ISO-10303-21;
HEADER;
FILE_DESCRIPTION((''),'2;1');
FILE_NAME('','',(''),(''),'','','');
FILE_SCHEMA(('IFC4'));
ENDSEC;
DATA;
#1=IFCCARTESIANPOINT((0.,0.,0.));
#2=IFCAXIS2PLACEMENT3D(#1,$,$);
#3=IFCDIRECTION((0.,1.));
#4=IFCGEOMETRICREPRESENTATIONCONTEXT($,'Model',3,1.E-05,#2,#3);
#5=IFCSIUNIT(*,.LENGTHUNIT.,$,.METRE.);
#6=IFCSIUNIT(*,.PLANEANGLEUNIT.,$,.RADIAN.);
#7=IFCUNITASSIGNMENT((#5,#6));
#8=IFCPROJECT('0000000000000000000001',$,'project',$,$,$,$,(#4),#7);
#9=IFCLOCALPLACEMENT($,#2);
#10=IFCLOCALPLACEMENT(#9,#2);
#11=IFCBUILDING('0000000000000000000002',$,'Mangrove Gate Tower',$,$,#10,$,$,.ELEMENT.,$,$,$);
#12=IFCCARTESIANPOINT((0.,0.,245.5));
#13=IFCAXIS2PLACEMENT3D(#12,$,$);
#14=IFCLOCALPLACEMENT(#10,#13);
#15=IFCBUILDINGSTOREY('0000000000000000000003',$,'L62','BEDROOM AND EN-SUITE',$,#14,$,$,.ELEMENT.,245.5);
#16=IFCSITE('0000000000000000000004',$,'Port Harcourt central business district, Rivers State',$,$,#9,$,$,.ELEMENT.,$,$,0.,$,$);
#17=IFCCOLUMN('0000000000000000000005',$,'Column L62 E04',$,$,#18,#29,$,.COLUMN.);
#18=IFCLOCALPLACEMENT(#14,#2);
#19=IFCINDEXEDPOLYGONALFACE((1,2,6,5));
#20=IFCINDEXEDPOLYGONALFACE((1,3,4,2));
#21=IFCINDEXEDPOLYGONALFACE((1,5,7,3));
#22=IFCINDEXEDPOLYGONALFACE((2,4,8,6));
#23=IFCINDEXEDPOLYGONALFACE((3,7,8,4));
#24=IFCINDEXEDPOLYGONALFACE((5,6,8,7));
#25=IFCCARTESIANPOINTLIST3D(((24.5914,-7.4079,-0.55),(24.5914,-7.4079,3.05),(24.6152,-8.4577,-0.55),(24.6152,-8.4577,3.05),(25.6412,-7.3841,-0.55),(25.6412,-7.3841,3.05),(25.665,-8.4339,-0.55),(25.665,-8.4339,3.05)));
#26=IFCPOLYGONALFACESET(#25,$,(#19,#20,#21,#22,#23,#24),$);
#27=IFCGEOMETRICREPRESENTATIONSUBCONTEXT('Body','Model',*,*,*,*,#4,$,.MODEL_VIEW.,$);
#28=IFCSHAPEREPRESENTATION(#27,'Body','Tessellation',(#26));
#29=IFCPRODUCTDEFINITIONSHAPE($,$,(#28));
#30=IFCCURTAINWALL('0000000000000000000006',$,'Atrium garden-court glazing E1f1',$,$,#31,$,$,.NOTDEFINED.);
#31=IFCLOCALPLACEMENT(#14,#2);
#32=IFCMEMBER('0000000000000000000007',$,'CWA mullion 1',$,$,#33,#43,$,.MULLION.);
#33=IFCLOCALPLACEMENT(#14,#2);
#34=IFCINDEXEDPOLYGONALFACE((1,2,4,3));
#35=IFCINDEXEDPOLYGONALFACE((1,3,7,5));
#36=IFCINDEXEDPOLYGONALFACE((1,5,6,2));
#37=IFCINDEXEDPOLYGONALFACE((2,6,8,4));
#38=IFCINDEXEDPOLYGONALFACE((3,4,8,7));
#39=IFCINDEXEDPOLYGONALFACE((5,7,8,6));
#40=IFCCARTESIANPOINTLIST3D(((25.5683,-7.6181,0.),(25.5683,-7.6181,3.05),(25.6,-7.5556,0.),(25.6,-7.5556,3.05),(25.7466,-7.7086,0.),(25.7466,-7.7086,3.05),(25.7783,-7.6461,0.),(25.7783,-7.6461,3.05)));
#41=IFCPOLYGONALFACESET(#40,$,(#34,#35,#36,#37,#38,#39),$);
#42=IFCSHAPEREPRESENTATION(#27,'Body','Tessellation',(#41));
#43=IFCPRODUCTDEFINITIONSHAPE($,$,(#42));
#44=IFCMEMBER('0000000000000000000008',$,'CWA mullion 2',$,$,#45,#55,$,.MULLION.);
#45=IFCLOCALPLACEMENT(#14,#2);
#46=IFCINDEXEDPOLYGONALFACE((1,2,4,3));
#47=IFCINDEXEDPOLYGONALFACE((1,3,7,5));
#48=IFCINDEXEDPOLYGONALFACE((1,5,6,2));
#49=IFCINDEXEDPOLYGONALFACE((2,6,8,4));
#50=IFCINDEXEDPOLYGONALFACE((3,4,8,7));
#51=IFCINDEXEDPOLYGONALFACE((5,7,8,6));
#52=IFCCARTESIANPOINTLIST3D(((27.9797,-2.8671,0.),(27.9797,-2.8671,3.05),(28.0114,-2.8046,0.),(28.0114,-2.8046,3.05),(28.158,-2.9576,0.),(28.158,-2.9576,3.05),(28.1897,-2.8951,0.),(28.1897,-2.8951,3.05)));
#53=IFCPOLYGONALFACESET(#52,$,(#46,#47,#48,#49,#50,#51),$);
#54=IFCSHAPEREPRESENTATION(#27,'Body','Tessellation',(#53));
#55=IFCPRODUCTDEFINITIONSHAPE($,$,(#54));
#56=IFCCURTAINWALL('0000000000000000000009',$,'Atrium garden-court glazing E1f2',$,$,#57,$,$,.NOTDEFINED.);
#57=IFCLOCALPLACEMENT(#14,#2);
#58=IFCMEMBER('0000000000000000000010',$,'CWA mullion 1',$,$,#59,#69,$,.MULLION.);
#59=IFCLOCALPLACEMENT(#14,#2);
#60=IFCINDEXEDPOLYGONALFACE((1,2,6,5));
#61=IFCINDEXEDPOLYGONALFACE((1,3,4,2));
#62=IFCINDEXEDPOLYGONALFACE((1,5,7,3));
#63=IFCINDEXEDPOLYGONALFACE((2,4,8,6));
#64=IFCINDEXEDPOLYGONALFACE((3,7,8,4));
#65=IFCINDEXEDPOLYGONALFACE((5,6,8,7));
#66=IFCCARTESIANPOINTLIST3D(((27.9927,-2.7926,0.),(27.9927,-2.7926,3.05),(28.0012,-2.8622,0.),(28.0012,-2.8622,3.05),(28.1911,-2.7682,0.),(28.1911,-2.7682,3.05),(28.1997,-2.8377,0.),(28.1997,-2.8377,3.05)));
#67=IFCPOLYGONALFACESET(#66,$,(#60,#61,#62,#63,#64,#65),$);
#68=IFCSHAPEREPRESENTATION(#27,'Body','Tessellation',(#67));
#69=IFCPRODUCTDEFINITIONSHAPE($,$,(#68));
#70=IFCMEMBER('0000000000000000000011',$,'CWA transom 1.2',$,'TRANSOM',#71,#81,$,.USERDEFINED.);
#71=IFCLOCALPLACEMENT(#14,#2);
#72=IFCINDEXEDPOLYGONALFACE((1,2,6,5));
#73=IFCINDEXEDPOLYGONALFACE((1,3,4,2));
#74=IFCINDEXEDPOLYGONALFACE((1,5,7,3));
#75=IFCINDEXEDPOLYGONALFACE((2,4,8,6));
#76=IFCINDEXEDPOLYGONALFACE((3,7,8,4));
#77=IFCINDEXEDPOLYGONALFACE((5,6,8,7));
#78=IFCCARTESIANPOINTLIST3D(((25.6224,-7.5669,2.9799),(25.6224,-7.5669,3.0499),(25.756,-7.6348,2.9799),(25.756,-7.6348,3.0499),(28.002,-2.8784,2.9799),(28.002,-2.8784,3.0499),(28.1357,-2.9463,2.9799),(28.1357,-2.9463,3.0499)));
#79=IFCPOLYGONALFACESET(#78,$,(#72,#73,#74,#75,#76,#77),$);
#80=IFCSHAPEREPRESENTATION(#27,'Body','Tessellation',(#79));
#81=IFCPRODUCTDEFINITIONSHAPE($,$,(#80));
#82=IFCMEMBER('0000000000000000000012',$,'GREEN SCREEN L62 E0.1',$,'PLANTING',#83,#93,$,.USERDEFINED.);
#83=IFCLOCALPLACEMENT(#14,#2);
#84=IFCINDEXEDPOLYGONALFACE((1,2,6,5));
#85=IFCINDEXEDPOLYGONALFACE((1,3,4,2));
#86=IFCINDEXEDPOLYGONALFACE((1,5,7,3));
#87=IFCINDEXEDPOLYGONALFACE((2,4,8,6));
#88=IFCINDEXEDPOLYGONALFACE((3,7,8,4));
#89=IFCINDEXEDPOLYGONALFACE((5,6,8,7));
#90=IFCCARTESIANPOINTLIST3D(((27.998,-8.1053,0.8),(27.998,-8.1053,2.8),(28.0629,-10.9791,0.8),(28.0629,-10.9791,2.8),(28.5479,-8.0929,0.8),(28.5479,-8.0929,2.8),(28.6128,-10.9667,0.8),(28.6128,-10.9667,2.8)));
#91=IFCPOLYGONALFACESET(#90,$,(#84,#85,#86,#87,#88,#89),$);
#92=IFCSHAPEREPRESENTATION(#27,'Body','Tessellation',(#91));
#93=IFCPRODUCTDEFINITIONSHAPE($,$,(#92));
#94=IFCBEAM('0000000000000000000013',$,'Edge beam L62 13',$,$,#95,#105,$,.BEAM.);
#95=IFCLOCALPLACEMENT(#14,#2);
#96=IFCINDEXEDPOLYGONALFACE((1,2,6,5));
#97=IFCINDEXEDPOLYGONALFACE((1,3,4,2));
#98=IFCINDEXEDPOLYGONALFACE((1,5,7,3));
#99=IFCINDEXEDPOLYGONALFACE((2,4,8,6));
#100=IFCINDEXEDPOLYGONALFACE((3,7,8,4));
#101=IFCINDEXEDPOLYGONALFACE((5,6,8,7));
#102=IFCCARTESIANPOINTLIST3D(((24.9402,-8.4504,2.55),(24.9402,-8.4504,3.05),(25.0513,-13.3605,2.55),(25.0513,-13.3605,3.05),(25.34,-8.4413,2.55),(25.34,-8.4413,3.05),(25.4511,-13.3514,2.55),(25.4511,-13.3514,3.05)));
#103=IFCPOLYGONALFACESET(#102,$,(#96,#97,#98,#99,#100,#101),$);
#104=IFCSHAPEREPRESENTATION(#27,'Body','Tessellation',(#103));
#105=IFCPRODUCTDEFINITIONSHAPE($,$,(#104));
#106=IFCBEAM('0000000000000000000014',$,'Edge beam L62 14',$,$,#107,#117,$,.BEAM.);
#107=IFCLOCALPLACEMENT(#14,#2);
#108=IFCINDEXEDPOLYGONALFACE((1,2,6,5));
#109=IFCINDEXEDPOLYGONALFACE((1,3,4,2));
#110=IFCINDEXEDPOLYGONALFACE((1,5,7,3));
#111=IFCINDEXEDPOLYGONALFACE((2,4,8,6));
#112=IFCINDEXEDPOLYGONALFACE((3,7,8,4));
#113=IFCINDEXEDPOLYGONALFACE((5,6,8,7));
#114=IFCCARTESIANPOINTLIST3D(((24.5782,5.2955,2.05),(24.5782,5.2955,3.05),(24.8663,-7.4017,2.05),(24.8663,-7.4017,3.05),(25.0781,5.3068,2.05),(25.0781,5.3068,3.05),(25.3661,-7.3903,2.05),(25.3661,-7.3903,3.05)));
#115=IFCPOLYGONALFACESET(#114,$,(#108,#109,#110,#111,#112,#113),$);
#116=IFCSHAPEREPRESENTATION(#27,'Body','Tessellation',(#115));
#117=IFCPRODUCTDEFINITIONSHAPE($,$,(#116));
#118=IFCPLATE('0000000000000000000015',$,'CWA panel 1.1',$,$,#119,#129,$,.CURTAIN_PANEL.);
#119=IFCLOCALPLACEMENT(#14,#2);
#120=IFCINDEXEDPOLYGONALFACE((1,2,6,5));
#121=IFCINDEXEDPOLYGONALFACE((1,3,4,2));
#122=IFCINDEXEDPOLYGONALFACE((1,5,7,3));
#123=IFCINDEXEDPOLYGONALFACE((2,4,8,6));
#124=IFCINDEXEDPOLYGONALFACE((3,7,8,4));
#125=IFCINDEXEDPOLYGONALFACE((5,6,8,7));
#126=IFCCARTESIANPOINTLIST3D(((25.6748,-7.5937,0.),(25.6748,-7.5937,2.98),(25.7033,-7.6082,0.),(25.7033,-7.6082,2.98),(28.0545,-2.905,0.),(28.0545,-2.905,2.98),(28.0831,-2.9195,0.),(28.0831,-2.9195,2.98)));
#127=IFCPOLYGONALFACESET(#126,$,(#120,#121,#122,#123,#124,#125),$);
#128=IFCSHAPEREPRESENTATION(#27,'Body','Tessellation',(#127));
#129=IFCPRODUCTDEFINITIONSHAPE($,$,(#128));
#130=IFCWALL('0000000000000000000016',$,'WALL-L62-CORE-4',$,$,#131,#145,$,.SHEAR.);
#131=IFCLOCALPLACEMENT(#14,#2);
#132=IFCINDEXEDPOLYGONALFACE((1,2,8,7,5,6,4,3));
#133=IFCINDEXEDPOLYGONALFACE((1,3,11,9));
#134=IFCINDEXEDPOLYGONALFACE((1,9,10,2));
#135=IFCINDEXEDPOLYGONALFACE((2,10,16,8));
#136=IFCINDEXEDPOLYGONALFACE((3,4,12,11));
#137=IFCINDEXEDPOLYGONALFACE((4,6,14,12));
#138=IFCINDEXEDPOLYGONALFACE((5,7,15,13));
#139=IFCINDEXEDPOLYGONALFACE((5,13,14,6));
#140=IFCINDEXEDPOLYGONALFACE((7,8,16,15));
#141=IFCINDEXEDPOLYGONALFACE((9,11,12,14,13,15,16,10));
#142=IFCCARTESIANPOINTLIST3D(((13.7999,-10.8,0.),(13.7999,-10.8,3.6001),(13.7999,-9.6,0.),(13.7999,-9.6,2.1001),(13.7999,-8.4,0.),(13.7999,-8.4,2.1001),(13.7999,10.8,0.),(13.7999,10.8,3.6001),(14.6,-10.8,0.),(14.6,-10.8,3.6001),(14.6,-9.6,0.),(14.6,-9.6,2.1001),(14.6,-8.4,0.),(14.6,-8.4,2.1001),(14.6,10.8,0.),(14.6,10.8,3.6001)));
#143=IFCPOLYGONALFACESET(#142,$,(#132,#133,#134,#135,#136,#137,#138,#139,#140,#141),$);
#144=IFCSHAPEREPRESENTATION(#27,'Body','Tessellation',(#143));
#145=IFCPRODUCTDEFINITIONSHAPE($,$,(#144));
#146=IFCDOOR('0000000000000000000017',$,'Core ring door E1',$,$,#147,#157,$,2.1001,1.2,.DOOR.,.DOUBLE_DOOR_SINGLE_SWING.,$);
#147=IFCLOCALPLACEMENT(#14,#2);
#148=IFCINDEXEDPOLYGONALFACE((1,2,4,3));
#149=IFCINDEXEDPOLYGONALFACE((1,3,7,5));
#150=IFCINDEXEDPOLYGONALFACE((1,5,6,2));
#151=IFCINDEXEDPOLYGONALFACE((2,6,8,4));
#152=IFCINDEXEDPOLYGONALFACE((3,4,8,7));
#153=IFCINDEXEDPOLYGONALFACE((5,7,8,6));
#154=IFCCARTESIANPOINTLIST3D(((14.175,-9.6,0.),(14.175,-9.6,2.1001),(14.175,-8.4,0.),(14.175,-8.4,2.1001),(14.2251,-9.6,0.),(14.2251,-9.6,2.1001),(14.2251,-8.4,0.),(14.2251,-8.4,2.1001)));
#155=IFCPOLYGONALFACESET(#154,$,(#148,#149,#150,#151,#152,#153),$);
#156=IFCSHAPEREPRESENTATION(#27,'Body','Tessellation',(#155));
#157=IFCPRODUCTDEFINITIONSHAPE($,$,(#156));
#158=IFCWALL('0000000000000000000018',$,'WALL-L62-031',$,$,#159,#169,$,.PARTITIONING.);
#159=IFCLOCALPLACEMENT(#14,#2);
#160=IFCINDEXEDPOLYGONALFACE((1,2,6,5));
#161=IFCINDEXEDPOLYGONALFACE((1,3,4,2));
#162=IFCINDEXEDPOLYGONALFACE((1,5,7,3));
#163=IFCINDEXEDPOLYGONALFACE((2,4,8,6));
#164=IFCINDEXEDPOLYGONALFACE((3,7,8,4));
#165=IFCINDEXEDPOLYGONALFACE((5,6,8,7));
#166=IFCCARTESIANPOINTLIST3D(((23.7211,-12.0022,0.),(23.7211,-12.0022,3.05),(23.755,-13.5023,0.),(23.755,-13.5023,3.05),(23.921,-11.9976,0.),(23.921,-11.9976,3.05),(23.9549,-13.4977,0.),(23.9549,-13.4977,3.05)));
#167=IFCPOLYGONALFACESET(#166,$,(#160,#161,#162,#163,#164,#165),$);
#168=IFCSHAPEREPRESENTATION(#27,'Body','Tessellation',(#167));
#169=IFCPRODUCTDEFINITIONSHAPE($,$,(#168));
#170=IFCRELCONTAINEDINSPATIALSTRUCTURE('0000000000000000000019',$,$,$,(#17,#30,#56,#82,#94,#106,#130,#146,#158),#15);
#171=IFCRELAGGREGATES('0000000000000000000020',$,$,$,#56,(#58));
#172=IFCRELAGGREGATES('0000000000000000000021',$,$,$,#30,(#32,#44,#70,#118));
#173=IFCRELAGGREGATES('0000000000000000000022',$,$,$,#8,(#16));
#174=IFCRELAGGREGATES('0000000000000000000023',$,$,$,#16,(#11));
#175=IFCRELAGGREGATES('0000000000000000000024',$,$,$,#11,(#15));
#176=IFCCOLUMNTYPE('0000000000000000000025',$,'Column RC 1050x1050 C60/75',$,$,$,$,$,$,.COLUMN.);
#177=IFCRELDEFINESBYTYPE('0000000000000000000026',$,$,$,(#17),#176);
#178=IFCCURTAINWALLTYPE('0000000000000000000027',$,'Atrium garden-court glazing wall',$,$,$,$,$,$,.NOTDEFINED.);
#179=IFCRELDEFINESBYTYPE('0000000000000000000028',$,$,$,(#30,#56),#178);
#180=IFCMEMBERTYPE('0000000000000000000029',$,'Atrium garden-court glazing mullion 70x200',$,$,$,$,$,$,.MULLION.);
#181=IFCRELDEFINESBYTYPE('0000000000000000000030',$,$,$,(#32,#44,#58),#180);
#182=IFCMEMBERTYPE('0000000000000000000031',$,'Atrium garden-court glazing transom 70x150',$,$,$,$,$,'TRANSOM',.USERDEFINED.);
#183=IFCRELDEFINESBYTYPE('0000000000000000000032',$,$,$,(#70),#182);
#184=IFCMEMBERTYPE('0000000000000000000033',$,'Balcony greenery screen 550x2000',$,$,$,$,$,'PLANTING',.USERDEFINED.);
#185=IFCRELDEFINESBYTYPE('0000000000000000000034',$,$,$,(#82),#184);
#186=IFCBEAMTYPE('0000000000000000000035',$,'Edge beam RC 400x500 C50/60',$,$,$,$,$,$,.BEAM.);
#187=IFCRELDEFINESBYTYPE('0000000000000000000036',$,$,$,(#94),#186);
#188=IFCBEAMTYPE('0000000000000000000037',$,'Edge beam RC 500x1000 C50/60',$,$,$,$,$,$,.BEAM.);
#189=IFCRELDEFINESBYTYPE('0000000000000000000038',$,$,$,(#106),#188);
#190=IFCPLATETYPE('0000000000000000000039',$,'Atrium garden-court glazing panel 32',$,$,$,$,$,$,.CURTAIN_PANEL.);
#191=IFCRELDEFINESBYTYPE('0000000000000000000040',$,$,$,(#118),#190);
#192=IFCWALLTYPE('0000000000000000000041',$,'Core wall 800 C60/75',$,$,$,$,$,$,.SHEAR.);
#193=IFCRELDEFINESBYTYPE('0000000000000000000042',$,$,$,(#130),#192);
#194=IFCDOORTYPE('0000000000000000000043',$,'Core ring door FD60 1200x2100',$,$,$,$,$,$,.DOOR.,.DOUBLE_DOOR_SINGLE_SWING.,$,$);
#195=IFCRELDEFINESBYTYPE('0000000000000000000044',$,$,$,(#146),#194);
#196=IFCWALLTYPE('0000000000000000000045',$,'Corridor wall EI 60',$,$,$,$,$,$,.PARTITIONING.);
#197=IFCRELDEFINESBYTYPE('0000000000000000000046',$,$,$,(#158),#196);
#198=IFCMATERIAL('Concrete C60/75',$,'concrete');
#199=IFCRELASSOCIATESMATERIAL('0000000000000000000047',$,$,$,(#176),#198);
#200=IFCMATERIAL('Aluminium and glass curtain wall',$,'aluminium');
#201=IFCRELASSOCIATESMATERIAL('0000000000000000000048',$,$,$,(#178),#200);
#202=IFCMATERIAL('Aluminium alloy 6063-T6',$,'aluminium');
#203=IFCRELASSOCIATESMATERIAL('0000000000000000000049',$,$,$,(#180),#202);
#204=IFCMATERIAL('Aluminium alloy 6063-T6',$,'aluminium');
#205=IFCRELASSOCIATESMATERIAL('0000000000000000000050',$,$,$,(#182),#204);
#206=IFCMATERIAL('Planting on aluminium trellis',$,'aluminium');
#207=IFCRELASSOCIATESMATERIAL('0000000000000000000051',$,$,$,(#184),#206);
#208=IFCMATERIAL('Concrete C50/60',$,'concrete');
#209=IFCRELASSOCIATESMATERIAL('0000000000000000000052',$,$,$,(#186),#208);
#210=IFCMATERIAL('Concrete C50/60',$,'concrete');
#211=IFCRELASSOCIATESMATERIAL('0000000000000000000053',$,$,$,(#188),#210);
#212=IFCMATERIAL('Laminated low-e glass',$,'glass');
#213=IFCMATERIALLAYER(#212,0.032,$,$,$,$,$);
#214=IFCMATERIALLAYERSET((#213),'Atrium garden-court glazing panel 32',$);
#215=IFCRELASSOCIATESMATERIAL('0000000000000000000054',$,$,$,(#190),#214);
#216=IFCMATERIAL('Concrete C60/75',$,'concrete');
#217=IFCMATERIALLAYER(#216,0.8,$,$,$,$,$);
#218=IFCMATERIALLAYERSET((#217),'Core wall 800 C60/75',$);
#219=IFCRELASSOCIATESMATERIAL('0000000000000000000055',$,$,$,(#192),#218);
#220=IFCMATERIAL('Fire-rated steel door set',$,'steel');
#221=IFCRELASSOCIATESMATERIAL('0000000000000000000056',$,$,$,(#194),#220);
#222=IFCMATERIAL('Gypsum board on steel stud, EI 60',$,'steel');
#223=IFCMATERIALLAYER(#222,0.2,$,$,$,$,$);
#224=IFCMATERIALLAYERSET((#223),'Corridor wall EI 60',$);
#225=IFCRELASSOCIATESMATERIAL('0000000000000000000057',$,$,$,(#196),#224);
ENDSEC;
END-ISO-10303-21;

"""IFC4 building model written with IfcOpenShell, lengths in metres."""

from ifc_helpers import new_model, si_unit, direction, frame, frame_2d, origin, origin_2d, place, context, subcontext, project, spatial, rectangle, extrude, material, layer, layer_set, material_profile, profile_set, type_object, element, fill, aggregate, save


model = new_model("IFC4")

# Units and contexts
model_context = context("Model", 3, precision=1e-05, world=origin(), true_north=direction((0.0, 1.0)))
body_context = subcontext(model_context, "Body", "Model", "MODEL_VIEW")
ifc_project = project(units=[si_unit("LENGTHUNIT", "METRE"), si_unit("PLANEANGLEUNIT", "RADIAN")], contexts=[model_context])

# Site, building, storey
site_placement = place(None, origin())
site = spatial("IfcSite", under=ifc_project, at=site_placement, Name="Port Harcourt central business district, Rivers State", CompositionType="ELEMENT", RefElevation=0.0)
building_placement = place(site_placement, origin())
building = spatial("IfcBuilding", under=site, at=building_placement, Name="Mangrove Gate Tower", CompositionType="ELEMENT")
storey_placement = place(building_placement, frame((0.0, 0.0, 245.5)))
storey = spatial("IfcBuildingStorey", under=building, at=storey_placement, Name="L62", Description="BEDROOM AND EN-SUITE", CompositionType="ELEMENT", Elevation=245.5)

# Column
ifc_material_1 = material(Name="Concrete C60/75", Category="concrete")
ifc_material_profile_1 = material_profile(ifc_material_1, rectangle(XDim=1.05, YDim=1.05, at=origin_2d()))
ifc_profile_set_1 = profile_set([ifc_material_profile_1], Name="Concrete C60/75")
column_type = type_object("IfcColumnType", Name="Column RC 1050x1050 C60/75", PredefinedType="COLUMN", material=ifc_profile_set_1)
column_placement = place(storey_placement, frame((25.1282, -7.9209, -0.55), z_axis=(0.0, 0.0, 1.0), x_axis=(-0.022676, 0.999743, 0.0)))
element("IfcColumn", 1, at=column_placement, inside=storey, type_object=column_type, Name="Column L62 E04", PredefinedType="COLUMN", context=body_context, shape_type="SweptSolid", body=[
    extrude(rectangle(XDim=1.05, YDim=1.05, at=origin_2d()), origin(), (0.0, 0.0, 1.0), 3.6001),
])

# Curtain wall, members
ifc_material_2 = material(Name="Aluminium and glass curtain wall", Category="aluminium")
curtain_wall_type = type_object("IfcCurtainWallType", Name="Atrium garden-court glazing wall", PredefinedType="NOTDEFINED", material=ifc_material_2)
curtain_wall_1_placement = place(storey_placement, origin())
curtain_wall_1 = element("IfcCurtainWall", 2, at=curtain_wall_1_placement, inside=storey, type_object=curtain_wall_type, Name="Atrium garden-court glazing E1f1", PredefinedType="NOTDEFINED")
ifc_material_3 = material(Name="Aluminium alloy 6063-T6", Category="aluminium")
ifc_material_profile_2 = material_profile(ifc_material_3, rectangle(XDim=0.0701, YDim=0.2, at=origin_2d()))
ifc_profile_set_2 = profile_set([ifc_material_profile_2], Name="Aluminium alloy 6063-T6")
member_type_1 = type_object("IfcMemberType", Name="Atrium garden-court glazing mullion 70x200", PredefinedType="MULLION", material=ifc_profile_set_2)
member_1_placement = place(storey_placement, frame((25.6733, -7.6321, 0.0), z_axis=(0.0, 0.0, 1.0), x_axis=(0.452598, 0.891715, 0.0)))
member_1 = element("IfcMember", 3, at=member_1_placement, type_object=member_type_1, Name="CWA mullion 1", PredefinedType="MULLION", context=body_context, shape_type="SweptSolid", body=[
    extrude(rectangle(XDim=0.0701, YDim=0.2, at=origin_2d()), origin(), (0.0, 0.0, 1.0), 3.05),
])
member_2_placement = place(storey_placement, frame((28.0847, -2.8811, 0.0), z_axis=(0.0, 0.0, 1.0), x_axis=(0.452598, 0.891715, 0.0)))
member_2 = element("IfcMember", 4, at=member_2_placement, type_object=member_type_1, Name="CWA mullion 2", PredefinedType="MULLION", context=body_context, shape_type="SweptSolid", body=[
    extrude(rectangle(XDim=0.0701, YDim=0.2, at=origin_2d()), origin(), (0.0, 0.0, 1.0), 3.05),
])

# Curtain wall, member
curtain_wall_2_placement = place(storey_placement, origin())
curtain_wall_2 = element("IfcCurtainWall", 5, at=curtain_wall_2_placement, inside=storey, type_object=curtain_wall_type, Name="Atrium garden-court glazing E1f2", PredefinedType="NOTDEFINED")
member_3_placement = place(storey_placement, frame((28.0962, -2.8152, 0.0), z_axis=(0.0, 0.0, 1.0), x_axis=(-0.122172, 0.992509, 0.0)))
member_3 = element("IfcMember", 6, at=member_3_placement, type_object=member_type_1, Name="CWA mullion 1", PredefinedType="MULLION", context=body_context, shape_type="SweptSolid", body=[
    extrude(rectangle(XDim=0.0701, YDim=0.2, at=origin_2d()), origin(), (0.0, 0.0, 1.0), 3.05),
])
aggregate(curtain_wall_2, [member_3])

# Members
ifc_material_4 = material(Name="Aluminium alloy 6063-T6", Category="aluminium")
ifc_material_profile_3 = material_profile(ifc_material_4, rectangle(XDim=0.0701, YDim=0.1499, at=origin_2d()))
ifc_profile_set_3 = profile_set([ifc_material_profile_3], Name="Aluminium alloy 6063-T6")
member_type_2 = type_object("IfcMemberType", Name="Atrium garden-court glazing transom 70x150", ElementType="TRANSOM", PredefinedType="USERDEFINED", material=ifc_profile_set_3)
member_4_placement = place(storey_placement, frame((25.6892, -7.6008, 3.0149), z_axis=(0.452592, 0.891718, 0.0), x_axis=(0.0, 0.0, 1.0)))
member_4 = element("IfcMember", 7, at=member_4_placement, type_object=member_type_2, Name="CWA transom 1.2", ObjectType="TRANSOM", PredefinedType="USERDEFINED", context=body_context, shape_type="SweptSolid", body=[
    extrude(rectangle(XDim=0.0701, YDim=0.1499, at=origin_2d()), origin(), (0.0, 0.0, 1.0), 5.2578),
])
ifc_material_5 = material(Name="Planting on aluminium trellis", Category="aluminium")
ifc_material_profile_4 = material_profile(ifc_material_5, rectangle(XDim=0.55, YDim=2.0, at=origin_2d()))
ifc_profile_set_4 = profile_set([ifc_material_profile_4], Name="Planting on aluminium trellis")
member_type_3 = type_object("IfcMemberType", Name="Balcony greenery screen 550x2000", ElementType="PLANTING", PredefinedType="USERDEFINED", material=ifc_profile_set_4)
member_5_placement = place(storey_placement, frame((28.3379, -10.9729, 1.8), z_axis=(-0.022592, 0.999745, 0.0), x_axis=(-0.999745, -0.022592, 0.0)))
element("IfcMember", 8, at=member_5_placement, inside=storey, type_object=member_type_3, Name="GREEN SCREEN L62 E0.1", ObjectType="PLANTING", PredefinedType="USERDEFINED", context=body_context, shape_type="SweptSolid", body=[
    extrude(rectangle(XDim=0.55, YDim=2.0, at=origin_2d()), origin(), (0.0, 0.0, 1.0), 2.8745),
])

# Beams
ifc_material_6 = material(Name="Concrete C50/60", Category="concrete")
ifc_material_profile_5 = material_profile(ifc_material_6, rectangle(XDim=0.3999, YDim=0.5, at=origin_2d()))
ifc_profile_set_5 = profile_set([ifc_material_profile_5], Name="Concrete C50/60")
beam_type_1 = type_object("IfcBeamType", Name="Edge beam RC 400x500 C50/60", PredefinedType="BEAM", material=ifc_profile_set_5)
beam_1_placement = place(storey_placement, frame((25.2512, -13.356, 2.8), z_axis=(-0.022618, 0.999744, 0.0), x_axis=(-0.999744, -0.022618, 0.0)))
element("IfcBeam", 9, at=beam_1_placement, inside=storey, type_object=beam_type_1, Name="Edge beam L62 13", PredefinedType="BEAM", context=body_context, shape_type="SweptSolid", body=[
    extrude(rectangle(XDim=0.3999, YDim=0.5, at=origin_2d()), origin(), (0.0, 0.0, 1.0), 4.9114),
])
ifc_material_7 = material(Name="Concrete C50/60", Category="concrete")
ifc_material_profile_6 = material_profile(ifc_material_7, rectangle(XDim=0.5, YDim=1.0, at=origin_2d()))
ifc_profile_set_6 = profile_set([ifc_material_profile_6], Name="Concrete C50/60")
beam_type_2 = type_object("IfcBeamType", Name="Edge beam RC 500x1000 C50/60", PredefinedType="BEAM", material=ifc_profile_set_6)
beam_2_placement = place(storey_placement, frame((25.1162, -7.396, 2.55), z_axis=(-0.022683, 0.999743, 0.0), x_axis=(-0.999743, -0.022683, 0.0)))
element("IfcBeam", 10, at=beam_2_placement, inside=storey, type_object=beam_type_2, Name="Edge beam L62 14", PredefinedType="BEAM", context=body_context, shape_type="SweptSolid", body=[
    extrude(rectangle(XDim=0.5, YDim=1.0, at=origin_2d()), origin(), (0.0, 0.0, 1.0), 12.7004),
])

# Plate
ifc_material_8 = material(Name="Laminated low-e glass", Category="glass")
ifc_layer_1 = layer(ifc_material_8, 0.032)
ifc_layer_set_1 = layer_set([ifc_layer_1], Name="Atrium garden-court glazing panel 32")
plate_type = type_object("IfcPlateType", Name="Atrium garden-court glazing panel 32", PredefinedType="CURTAIN_PANEL", material=ifc_layer_set_1)
plate_placement = place(storey_placement, frame((26.8789, -5.2566, 0.0), z_axis=(0.0, 0.0, 1.0), x_axis=(0.452598, 0.891715, 0.0)))
plate = element("IfcPlate", 11, at=plate_placement, type_object=plate_type, Name="CWA panel 1.1", PredefinedType="CURTAIN_PANEL", context=body_context, shape_type="SweptSolid", body=[
    extrude(rectangle(XDim=5.2581, YDim=0.032, at=origin_2d()), origin(), (0.0, 0.0, 1.0), 2.98),
])
aggregate(curtain_wall_1, [member_1, member_2, member_4, plate])

# Wall, opening, door
ifc_material_9 = material(Name="Concrete C60/75", Category="concrete")
ifc_layer_2 = layer(ifc_material_9, 0.8)
ifc_layer_set_2 = layer_set([ifc_layer_2], Name="Core wall 800 C60/75")
wall_type_1 = type_object("IfcWallType", Name="Core wall 800 C60/75", PredefinedType="SHEAR", material=ifc_layer_set_2)
wall_1_placement = place(storey_placement, frame((14.2, -10.8, 0.0), z_axis=(0.0, 0.0, 1.0), x_axis=(0.0, 1.0, 0.0)))
wall_1 = element("IfcWall", 12, at=wall_1_placement, inside=storey, type_object=wall_type_1, Name="WALL-L62-CORE-4", PredefinedType="SHEAR", context=body_context, shape_type="SweptSolid", body=[
    extrude(rectangle(XDim=21.6001, YDim=0.8, at=frame_2d((10.8, 0.0))), origin(), (0.0, 0.0, 1.0), 3.6001),
])
opening_1_placement = place(wall_1_placement, frame((1.2, 0.0, 0.0)))
opening_1 = element("IfcOpeningElement", 13, at=opening_1_placement, cuts=wall_1, PredefinedType="OPENING", context=body_context, shape_type="SweptSolid", body=[
    extrude(rectangle(XDim=1.2, YDim=2.1001, at=frame_2d((0.6001, 1.05))), frame((0.0, 0.4099, 0.0), z_axis=(0.0, -1.0, 0.0), x_axis=(1.0, 0.0, 0.0)), (0.0, 0.0, 1.0), 0.8201),
])
ifc_material_10 = material(Name="Fire-rated steel door set", Category="steel")
door_type_1 = type_object("IfcDoorType", Name="Core ring door FD60 1200x2100", OperationType="DOUBLE_DOOR_SINGLE_SWING", PredefinedType="DOOR", material=ifc_material_10)
door_1_placement = place(opening_1_placement, origin())
door_1 = element("IfcDoor", 14, at=door_1_placement, inside=storey, type_object=door_type_1, Name="Core ring door E1", OperationType="DOUBLE_DOOR_SINGLE_SWING", OverallHeight=2.1001, OverallWidth=1.2, PredefinedType="DOOR", context=body_context, shape_type="SweptSolid", body=[
    extrude(rectangle(XDim=1.2, YDim=2.1001, at=frame_2d((0.6001, 1.05))), frame((0.0, 0.0249, 0.0), z_axis=(0.0, -1.0, 0.0), x_axis=(1.0, 0.0, 0.0)), (0.0, 0.0, 1.0), 0.05),
])
fill(opening_1, door_1)

# Wall
ifc_material_11 = material(Name="Gypsum board on steel stud, EI 60", Category="steel")
ifc_layer_3 = layer(ifc_material_11, 0.2)
ifc_layer_set_3 = layer_set([ifc_layer_3], Name="Corridor wall EI 60")
wall_type_2 = type_object("IfcWallType", Name="Corridor wall EI 60", PredefinedType="PARTITIONING", material=ifc_layer_set_3)
wall_2_placement = place(storey_placement, frame((23.855, -13.5, 0.0), z_axis=(0.0, 0.0, 1.0), x_axis=(-0.022618, 0.999744, 0.0)))
element("IfcWall", 15, at=wall_2_placement, inside=storey, type_object=wall_type_2, Name="WALL-L62-031", PredefinedType="PARTITIONING", context=body_context, shape_type="SweptSolid", body=[
    extrude(rectangle(XDim=1.5005, YDim=0.2, at=frame_2d((0.7502, 0.0))), origin(), (0.0, 0.0, 1.0), 3.05),
])

save(model, "model.ifc")
